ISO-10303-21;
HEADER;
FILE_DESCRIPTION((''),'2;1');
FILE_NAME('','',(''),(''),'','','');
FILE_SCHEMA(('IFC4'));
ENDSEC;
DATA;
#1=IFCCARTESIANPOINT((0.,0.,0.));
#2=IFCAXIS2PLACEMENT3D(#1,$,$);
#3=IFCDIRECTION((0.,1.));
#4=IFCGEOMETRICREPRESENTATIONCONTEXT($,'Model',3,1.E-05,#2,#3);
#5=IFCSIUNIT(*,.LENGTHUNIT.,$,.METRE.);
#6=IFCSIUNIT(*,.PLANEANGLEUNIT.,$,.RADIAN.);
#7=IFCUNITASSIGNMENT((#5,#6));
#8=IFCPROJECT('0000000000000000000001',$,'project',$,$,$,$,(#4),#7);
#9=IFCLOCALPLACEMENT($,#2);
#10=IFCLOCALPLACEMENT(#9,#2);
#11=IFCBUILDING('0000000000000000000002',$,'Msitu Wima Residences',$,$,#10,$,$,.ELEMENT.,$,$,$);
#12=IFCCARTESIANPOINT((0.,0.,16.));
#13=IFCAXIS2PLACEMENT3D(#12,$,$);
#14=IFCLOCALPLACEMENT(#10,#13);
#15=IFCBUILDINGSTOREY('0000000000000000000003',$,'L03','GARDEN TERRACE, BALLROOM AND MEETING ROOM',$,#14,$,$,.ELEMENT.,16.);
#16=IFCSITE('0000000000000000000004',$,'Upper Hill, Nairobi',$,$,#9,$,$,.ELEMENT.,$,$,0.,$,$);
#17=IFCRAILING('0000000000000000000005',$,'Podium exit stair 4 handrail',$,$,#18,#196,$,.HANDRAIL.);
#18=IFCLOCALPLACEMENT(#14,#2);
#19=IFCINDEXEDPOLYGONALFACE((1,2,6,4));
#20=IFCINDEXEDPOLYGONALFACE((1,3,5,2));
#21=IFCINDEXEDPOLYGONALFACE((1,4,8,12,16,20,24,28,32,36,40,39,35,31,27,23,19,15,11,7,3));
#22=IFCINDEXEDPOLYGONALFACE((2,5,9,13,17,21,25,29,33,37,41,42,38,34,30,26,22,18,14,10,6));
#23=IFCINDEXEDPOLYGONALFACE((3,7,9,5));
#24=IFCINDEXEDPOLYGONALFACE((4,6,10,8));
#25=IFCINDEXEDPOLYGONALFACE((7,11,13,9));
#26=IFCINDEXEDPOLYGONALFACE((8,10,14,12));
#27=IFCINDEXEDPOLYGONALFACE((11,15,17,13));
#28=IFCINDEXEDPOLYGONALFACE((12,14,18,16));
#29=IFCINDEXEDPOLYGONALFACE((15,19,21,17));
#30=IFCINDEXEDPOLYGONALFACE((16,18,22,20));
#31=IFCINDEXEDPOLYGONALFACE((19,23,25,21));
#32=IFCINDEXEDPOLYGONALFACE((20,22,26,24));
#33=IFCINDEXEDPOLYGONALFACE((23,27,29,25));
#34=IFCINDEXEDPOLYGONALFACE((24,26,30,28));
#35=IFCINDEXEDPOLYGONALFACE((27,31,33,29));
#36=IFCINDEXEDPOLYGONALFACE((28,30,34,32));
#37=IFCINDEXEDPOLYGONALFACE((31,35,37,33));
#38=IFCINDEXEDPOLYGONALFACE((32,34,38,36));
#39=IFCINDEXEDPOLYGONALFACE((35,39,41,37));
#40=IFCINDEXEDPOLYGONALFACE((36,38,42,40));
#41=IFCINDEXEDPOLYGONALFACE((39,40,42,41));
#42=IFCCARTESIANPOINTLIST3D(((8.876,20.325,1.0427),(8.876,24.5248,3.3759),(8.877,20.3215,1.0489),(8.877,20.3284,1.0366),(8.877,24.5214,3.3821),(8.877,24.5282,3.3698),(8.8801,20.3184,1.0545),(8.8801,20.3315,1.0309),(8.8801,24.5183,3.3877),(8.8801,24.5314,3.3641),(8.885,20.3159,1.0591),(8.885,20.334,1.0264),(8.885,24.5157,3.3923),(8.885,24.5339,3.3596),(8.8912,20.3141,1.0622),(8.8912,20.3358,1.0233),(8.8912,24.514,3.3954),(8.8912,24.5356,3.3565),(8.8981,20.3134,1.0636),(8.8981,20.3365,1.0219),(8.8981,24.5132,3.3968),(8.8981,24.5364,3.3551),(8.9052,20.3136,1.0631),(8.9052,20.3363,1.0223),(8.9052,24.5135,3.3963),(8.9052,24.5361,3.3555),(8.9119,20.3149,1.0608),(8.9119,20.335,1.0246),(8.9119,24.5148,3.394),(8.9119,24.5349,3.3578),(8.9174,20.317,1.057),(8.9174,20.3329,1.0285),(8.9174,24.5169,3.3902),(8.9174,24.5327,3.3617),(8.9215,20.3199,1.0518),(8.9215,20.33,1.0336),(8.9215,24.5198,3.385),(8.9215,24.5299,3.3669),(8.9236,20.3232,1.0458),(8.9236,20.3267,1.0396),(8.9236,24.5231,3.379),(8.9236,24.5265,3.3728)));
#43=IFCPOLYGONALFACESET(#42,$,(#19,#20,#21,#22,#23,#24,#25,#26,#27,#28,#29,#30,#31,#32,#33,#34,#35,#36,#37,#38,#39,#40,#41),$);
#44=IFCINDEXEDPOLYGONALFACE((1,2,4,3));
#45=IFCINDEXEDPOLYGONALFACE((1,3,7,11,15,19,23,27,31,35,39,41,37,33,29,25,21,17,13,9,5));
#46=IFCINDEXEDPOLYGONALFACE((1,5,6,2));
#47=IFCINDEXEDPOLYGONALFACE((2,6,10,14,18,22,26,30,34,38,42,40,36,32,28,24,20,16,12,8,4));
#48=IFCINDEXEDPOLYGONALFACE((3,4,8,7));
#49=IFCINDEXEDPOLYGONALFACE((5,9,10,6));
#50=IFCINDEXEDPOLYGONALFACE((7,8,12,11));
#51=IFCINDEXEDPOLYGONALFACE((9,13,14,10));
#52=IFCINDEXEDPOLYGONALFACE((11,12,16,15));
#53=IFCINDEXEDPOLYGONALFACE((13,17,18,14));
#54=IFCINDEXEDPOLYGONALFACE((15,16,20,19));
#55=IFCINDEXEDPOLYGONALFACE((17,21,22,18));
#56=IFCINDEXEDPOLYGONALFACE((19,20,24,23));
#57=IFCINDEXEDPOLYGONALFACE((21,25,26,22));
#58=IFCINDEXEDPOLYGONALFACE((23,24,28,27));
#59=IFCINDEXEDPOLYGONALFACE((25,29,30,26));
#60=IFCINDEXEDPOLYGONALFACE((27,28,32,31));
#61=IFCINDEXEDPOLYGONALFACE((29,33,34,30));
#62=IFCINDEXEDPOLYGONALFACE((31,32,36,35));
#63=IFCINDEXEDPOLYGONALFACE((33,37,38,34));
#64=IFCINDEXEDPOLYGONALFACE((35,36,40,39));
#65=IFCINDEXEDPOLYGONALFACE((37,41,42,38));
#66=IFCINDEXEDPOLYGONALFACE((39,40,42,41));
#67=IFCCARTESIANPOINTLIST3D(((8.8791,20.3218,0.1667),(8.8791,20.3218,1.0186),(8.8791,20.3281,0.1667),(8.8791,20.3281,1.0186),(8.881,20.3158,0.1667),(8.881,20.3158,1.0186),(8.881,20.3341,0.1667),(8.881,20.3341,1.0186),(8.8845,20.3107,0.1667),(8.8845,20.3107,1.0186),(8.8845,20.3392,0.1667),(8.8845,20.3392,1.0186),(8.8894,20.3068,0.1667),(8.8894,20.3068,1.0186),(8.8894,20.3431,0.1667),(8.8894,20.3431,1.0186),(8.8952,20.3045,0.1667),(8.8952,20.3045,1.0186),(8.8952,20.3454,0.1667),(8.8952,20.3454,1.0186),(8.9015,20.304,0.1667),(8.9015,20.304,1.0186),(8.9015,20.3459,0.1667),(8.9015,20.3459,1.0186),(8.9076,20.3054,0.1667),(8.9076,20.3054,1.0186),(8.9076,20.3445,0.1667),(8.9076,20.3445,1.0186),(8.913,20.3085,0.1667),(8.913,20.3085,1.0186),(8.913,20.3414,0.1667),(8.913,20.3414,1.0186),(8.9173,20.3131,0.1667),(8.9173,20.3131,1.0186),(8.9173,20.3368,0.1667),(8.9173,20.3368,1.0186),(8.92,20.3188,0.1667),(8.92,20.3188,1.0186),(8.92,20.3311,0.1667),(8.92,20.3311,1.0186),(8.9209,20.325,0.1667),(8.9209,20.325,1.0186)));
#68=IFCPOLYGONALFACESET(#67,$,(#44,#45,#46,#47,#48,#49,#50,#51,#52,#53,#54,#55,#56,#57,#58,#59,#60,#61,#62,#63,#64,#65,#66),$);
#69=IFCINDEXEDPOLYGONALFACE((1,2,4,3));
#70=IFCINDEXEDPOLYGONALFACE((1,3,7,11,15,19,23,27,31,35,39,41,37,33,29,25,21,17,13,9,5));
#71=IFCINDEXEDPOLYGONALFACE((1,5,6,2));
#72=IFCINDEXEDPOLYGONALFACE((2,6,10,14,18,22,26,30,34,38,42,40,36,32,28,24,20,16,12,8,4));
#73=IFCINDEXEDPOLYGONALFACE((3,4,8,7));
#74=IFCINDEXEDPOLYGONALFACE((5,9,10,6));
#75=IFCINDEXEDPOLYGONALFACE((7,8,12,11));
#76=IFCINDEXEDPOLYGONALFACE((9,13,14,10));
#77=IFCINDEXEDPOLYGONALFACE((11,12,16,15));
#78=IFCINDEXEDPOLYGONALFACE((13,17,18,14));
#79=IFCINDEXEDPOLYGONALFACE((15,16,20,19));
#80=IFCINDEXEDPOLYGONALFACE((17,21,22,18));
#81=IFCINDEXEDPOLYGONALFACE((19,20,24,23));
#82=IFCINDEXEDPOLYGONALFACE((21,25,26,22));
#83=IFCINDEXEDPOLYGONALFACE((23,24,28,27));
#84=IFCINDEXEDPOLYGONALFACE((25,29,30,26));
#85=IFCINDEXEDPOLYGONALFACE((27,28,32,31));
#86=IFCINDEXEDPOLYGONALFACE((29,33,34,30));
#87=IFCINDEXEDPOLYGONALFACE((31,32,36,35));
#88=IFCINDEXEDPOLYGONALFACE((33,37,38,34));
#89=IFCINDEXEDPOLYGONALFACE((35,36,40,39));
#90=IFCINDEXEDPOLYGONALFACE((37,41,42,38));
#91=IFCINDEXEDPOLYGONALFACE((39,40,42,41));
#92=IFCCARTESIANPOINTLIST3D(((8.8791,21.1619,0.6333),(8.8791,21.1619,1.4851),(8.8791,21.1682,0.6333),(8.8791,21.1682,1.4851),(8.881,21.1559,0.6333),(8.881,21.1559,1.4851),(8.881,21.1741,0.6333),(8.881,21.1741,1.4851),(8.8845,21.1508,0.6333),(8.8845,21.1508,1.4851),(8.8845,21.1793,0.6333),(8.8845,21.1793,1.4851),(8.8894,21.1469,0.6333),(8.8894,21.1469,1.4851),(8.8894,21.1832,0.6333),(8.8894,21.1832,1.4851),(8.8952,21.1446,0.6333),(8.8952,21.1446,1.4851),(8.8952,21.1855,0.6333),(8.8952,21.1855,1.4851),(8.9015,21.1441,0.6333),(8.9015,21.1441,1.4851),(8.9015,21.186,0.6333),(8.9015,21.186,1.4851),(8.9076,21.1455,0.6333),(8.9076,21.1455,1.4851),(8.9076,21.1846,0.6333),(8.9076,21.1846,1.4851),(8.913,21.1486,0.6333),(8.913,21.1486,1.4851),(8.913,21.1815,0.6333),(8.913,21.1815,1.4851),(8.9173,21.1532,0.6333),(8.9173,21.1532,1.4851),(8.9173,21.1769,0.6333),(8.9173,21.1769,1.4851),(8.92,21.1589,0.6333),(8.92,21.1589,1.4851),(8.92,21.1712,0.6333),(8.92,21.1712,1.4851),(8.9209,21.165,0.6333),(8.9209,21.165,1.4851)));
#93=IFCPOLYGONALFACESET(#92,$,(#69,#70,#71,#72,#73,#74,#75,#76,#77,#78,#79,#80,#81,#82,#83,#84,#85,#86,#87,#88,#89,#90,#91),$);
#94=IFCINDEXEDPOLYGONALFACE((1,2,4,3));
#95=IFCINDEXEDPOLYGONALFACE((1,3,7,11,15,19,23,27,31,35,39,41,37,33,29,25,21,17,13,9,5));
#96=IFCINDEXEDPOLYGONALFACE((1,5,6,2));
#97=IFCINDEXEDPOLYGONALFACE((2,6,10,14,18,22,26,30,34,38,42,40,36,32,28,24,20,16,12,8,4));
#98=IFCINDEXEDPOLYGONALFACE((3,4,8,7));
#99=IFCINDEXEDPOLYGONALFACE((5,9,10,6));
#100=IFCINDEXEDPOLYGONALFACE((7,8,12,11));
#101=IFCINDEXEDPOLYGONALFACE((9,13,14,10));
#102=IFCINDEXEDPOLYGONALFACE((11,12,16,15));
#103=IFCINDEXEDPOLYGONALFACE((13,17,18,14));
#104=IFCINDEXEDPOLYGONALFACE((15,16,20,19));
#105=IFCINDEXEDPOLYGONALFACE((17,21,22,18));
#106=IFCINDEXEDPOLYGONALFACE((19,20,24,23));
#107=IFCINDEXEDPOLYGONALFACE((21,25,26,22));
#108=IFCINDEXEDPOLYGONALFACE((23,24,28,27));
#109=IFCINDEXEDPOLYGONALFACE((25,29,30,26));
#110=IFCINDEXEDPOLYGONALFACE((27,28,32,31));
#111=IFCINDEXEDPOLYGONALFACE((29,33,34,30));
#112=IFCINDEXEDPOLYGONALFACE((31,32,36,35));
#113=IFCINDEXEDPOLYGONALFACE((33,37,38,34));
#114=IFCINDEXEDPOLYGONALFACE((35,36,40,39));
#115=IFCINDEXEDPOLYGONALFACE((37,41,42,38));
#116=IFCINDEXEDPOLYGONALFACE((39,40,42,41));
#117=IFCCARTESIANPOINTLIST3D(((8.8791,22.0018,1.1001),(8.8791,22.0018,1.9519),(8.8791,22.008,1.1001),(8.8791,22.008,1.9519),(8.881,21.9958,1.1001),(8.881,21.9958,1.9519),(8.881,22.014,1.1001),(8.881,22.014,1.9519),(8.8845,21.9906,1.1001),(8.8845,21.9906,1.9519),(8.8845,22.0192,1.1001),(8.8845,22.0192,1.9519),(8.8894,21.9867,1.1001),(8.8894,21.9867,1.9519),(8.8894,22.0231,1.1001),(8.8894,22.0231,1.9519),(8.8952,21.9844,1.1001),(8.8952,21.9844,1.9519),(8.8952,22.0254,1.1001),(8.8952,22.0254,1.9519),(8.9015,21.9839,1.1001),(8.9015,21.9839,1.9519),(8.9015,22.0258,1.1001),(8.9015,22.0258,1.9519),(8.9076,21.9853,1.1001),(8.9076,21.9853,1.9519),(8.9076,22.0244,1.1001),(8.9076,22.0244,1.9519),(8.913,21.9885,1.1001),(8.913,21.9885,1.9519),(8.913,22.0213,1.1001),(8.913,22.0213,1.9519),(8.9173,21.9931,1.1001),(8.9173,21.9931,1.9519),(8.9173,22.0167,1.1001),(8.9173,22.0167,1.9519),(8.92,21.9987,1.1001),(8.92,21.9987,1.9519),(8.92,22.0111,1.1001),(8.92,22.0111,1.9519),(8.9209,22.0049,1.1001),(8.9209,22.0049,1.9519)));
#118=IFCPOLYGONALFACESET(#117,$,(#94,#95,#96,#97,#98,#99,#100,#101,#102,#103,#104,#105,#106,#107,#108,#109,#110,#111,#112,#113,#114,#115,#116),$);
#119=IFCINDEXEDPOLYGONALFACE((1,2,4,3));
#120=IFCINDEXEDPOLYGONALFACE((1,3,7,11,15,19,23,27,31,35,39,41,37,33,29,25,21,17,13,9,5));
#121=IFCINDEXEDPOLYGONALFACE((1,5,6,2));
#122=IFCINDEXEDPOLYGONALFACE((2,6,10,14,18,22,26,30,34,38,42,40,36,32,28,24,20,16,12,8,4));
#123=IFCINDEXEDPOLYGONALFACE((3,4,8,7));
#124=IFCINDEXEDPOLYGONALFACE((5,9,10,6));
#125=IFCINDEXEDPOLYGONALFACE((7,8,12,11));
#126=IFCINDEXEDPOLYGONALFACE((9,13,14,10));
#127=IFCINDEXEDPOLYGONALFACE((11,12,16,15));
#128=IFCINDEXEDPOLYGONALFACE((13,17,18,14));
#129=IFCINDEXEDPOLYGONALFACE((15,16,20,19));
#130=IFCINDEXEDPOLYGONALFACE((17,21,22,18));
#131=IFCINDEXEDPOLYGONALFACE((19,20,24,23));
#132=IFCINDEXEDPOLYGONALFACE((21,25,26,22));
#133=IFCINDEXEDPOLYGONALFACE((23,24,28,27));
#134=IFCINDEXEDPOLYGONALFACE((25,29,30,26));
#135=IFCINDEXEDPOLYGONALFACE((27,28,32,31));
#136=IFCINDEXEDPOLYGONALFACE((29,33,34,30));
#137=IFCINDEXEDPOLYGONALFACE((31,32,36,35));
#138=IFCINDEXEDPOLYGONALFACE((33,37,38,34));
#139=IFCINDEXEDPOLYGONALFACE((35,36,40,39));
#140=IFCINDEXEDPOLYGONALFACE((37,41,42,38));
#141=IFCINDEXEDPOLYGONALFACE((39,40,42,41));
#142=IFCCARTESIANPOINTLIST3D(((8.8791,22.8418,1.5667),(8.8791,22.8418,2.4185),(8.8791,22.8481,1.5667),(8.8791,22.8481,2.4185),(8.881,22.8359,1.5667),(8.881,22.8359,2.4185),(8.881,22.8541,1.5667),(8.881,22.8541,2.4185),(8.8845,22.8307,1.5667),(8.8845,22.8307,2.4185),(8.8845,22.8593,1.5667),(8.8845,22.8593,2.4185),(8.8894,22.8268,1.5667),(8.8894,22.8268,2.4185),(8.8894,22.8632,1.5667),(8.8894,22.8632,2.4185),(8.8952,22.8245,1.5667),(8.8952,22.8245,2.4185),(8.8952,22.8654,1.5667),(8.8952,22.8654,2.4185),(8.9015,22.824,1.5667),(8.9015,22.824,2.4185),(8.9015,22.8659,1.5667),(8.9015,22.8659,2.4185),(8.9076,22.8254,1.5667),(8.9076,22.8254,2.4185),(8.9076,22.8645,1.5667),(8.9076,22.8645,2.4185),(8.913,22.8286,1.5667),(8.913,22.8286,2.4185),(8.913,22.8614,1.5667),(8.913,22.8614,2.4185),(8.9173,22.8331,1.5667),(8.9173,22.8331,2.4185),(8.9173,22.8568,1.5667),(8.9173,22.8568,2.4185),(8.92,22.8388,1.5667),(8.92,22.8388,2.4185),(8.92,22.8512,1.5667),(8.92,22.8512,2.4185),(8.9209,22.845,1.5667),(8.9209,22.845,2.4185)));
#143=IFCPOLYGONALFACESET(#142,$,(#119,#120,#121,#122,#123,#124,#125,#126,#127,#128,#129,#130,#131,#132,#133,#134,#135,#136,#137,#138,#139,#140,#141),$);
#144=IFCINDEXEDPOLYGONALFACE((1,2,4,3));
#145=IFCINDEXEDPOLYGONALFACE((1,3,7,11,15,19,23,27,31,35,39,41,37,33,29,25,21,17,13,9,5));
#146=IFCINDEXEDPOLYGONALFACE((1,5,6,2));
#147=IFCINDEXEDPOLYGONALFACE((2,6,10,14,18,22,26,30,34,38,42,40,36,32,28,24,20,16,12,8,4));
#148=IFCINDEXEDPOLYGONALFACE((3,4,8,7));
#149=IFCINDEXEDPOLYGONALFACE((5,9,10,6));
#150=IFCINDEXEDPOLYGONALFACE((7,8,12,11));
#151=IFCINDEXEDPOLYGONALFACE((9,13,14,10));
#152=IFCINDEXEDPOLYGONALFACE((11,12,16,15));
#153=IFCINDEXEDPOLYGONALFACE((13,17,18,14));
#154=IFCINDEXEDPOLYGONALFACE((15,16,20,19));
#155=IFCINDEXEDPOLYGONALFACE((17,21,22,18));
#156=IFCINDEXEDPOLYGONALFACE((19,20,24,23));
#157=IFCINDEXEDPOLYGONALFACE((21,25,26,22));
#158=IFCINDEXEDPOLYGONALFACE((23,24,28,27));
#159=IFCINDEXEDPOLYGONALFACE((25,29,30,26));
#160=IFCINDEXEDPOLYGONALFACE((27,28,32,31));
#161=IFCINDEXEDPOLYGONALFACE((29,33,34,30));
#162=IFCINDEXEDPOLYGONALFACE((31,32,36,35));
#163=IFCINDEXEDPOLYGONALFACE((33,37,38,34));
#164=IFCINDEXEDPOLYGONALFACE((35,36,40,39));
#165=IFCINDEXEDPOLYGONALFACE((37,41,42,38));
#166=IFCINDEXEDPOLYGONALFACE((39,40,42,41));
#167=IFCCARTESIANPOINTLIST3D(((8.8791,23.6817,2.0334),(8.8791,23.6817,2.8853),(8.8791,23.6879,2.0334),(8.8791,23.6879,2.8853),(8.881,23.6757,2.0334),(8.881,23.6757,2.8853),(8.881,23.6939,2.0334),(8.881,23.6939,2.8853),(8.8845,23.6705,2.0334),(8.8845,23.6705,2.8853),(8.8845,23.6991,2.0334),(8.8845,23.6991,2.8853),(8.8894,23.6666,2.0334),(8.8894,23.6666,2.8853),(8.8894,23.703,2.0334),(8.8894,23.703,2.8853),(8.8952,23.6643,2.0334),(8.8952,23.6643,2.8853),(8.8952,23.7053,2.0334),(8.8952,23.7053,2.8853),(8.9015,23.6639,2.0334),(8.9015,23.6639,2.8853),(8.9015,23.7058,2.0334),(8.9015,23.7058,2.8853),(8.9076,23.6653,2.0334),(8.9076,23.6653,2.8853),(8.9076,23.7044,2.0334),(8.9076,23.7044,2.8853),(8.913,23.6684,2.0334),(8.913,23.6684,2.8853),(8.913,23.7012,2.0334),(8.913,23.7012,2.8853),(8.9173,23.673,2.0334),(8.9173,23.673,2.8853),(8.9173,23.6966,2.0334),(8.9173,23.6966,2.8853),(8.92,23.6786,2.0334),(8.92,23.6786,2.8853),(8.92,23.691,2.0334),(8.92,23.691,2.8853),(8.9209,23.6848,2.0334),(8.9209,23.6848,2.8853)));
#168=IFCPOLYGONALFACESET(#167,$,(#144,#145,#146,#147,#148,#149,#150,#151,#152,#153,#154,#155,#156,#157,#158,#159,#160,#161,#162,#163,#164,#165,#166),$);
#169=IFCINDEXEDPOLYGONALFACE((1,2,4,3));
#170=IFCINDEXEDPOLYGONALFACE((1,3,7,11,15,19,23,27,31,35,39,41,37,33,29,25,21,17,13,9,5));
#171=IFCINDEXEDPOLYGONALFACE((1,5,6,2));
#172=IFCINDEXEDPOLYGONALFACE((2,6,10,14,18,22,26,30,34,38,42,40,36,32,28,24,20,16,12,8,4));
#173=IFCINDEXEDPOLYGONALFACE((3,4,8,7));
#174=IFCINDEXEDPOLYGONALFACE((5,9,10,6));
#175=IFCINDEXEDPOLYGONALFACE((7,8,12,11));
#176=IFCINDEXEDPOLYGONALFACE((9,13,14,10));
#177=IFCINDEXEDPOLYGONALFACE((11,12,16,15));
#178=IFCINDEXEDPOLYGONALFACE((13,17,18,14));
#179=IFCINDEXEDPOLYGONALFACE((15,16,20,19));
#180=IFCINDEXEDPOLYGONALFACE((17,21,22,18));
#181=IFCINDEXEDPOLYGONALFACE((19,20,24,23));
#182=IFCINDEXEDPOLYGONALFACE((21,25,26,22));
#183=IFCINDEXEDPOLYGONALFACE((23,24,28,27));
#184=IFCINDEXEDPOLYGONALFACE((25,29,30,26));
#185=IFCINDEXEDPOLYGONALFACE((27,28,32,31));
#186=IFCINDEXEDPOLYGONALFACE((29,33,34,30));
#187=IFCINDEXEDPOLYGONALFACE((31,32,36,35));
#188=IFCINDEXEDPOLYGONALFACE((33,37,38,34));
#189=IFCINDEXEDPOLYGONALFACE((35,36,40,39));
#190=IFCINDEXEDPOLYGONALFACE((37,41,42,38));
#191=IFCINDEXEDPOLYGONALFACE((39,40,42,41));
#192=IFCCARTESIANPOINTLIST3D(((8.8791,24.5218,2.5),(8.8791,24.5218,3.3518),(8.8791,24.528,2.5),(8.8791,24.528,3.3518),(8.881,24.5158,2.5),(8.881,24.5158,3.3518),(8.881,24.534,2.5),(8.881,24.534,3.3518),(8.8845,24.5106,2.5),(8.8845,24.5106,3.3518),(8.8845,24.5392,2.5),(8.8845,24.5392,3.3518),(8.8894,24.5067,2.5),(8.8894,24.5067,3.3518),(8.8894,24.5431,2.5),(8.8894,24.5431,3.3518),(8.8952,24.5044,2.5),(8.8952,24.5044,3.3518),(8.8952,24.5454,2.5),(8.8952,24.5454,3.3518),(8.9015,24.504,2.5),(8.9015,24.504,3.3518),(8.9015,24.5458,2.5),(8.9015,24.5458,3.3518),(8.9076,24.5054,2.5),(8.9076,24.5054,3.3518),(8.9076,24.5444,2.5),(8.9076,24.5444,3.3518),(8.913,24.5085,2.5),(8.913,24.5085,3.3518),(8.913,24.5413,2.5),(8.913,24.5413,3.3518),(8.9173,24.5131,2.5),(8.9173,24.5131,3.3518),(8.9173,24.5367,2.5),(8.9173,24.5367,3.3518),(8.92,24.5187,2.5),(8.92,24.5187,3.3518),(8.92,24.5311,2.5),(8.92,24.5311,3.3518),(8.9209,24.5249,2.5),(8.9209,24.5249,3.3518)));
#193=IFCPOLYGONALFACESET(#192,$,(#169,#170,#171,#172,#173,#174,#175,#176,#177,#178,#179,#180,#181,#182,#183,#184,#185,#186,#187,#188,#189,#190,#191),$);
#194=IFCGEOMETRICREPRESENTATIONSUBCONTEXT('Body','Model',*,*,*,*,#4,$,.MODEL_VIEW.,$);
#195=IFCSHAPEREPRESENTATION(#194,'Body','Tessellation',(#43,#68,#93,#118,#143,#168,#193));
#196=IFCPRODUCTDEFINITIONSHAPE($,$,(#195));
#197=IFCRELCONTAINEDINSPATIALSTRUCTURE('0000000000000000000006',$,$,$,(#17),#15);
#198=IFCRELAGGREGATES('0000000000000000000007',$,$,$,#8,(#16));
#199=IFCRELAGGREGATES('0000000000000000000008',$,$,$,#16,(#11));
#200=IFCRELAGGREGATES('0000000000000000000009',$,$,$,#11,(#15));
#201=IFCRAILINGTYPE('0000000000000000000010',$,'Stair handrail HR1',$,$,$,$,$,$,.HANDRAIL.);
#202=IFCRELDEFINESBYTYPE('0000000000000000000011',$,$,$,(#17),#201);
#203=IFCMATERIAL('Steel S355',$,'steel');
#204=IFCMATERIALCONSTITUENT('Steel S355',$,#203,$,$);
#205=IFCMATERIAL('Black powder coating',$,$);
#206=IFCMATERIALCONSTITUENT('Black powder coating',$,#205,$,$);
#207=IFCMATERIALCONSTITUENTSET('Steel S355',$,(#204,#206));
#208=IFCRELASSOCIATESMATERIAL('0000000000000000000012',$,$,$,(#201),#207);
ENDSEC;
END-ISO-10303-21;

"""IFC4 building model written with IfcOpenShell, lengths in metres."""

from ifc_helpers import new_model, si_unit, direction, frame, origin, origin_2d, place, context, subcontext, project, spatial, circle, extrude, material, constituent, constituent_set, type_object, element, save


model = new_model("IFC4")

# Units and contexts
model_context = context("Model", 3, precision=1e-05, world=origin(), true_north=direction((0.0, 1.0)))
body_context = subcontext(model_context, "Body", "Model", "MODEL_VIEW")
ifc_project = project(units=[si_unit("LENGTHUNIT", "METRE"), si_unit("PLANEANGLEUNIT", "RADIAN")], contexts=[model_context])

# Site, building, storey
site_placement = place(None, origin())
site = spatial("IfcSite", under=ifc_project, at=site_placement, Name="Upper Hill, Nairobi", CompositionType="ELEMENT", RefElevation=0.0)
building_placement = place(site_placement, origin())
building = spatial("IfcBuilding", under=site, at=building_placement, Name="Msitu Wima Residences", CompositionType="ELEMENT")
storey_placement = place(building_placement, frame((0.0, 0.0, 16.0)))
storey = spatial("IfcBuildingStorey", under=building, at=storey_placement, Name="L03", Description="GARDEN TERRACE, BALLROOM AND MEETING ROOM", CompositionType="ELEMENT", Elevation=16.0)

# Railing
ifc_material_1 = material(Name="Steel S355", Category="steel")
ifc_constituent_1 = constituent(ifc_material_1, Name="Steel S355")
ifc_material_2 = material(Name="Black powder coating")
ifc_constituent_2 = constituent(ifc_material_2, Name="Black powder coating")
ifc_constituent_set = constituent_set(constituents=[ifc_constituent_1, ifc_constituent_2], Name="Steel S355")
railing_type = type_object("IfcRailingType", Name="Stair handrail HR1", PredefinedType="HANDRAIL", material=ifc_constituent_set)
for number, where, name in (
    (1, (8.8999, 20.325, 0.1667), "Podium exit stair 4 handrail"),
):
    element("IfcRailing", number, at=place(storey_placement, frame(where)), inside=storey, type_object=railing_type, Name=name, PredefinedType="HANDRAIL", context=body_context, shape_type="SweptSolid", body=[
        extrude(circle(Radius=0.0239, at=origin_2d()), frame((0.0, 0.0, 0.876), z_axis=(0.0, 0.874162, 0.485634), x_axis=(-1.0, 0.0, 0.0)), (0.0, 0.0, 1.0), 4.8044),
        extrude(circle(Radius=0.021, at=origin_2d()), origin(), (0.0, 0.0, 1.0), 0.8518),
        extrude(circle(Radius=0.021, at=origin_2d()), frame((0.0, 0.8401, 0.4666)), (0.0, 0.0, 1.0), 0.8518),
        extrude(circle(Radius=0.021, at=origin_2d()), frame((0.0, 1.6799, 0.9333)), (0.0, 0.0, 1.0), 0.8518),
        extrude(circle(Radius=0.021, at=origin_2d()), frame((0.0, 2.52, 1.3999)), (0.0, 0.0, 1.0), 0.8518),
        extrude(circle(Radius=0.021, at=origin_2d()), frame((0.0, 3.3599, 1.8667)), (0.0, 0.0, 1.0), 0.8518),
        extrude(circle(Radius=0.021, at=origin_2d()), frame((0.0, 4.2, 2.3333)), (0.0, 0.0, 1.0), 0.8518),
    ])

save(model, "model.ifc")
